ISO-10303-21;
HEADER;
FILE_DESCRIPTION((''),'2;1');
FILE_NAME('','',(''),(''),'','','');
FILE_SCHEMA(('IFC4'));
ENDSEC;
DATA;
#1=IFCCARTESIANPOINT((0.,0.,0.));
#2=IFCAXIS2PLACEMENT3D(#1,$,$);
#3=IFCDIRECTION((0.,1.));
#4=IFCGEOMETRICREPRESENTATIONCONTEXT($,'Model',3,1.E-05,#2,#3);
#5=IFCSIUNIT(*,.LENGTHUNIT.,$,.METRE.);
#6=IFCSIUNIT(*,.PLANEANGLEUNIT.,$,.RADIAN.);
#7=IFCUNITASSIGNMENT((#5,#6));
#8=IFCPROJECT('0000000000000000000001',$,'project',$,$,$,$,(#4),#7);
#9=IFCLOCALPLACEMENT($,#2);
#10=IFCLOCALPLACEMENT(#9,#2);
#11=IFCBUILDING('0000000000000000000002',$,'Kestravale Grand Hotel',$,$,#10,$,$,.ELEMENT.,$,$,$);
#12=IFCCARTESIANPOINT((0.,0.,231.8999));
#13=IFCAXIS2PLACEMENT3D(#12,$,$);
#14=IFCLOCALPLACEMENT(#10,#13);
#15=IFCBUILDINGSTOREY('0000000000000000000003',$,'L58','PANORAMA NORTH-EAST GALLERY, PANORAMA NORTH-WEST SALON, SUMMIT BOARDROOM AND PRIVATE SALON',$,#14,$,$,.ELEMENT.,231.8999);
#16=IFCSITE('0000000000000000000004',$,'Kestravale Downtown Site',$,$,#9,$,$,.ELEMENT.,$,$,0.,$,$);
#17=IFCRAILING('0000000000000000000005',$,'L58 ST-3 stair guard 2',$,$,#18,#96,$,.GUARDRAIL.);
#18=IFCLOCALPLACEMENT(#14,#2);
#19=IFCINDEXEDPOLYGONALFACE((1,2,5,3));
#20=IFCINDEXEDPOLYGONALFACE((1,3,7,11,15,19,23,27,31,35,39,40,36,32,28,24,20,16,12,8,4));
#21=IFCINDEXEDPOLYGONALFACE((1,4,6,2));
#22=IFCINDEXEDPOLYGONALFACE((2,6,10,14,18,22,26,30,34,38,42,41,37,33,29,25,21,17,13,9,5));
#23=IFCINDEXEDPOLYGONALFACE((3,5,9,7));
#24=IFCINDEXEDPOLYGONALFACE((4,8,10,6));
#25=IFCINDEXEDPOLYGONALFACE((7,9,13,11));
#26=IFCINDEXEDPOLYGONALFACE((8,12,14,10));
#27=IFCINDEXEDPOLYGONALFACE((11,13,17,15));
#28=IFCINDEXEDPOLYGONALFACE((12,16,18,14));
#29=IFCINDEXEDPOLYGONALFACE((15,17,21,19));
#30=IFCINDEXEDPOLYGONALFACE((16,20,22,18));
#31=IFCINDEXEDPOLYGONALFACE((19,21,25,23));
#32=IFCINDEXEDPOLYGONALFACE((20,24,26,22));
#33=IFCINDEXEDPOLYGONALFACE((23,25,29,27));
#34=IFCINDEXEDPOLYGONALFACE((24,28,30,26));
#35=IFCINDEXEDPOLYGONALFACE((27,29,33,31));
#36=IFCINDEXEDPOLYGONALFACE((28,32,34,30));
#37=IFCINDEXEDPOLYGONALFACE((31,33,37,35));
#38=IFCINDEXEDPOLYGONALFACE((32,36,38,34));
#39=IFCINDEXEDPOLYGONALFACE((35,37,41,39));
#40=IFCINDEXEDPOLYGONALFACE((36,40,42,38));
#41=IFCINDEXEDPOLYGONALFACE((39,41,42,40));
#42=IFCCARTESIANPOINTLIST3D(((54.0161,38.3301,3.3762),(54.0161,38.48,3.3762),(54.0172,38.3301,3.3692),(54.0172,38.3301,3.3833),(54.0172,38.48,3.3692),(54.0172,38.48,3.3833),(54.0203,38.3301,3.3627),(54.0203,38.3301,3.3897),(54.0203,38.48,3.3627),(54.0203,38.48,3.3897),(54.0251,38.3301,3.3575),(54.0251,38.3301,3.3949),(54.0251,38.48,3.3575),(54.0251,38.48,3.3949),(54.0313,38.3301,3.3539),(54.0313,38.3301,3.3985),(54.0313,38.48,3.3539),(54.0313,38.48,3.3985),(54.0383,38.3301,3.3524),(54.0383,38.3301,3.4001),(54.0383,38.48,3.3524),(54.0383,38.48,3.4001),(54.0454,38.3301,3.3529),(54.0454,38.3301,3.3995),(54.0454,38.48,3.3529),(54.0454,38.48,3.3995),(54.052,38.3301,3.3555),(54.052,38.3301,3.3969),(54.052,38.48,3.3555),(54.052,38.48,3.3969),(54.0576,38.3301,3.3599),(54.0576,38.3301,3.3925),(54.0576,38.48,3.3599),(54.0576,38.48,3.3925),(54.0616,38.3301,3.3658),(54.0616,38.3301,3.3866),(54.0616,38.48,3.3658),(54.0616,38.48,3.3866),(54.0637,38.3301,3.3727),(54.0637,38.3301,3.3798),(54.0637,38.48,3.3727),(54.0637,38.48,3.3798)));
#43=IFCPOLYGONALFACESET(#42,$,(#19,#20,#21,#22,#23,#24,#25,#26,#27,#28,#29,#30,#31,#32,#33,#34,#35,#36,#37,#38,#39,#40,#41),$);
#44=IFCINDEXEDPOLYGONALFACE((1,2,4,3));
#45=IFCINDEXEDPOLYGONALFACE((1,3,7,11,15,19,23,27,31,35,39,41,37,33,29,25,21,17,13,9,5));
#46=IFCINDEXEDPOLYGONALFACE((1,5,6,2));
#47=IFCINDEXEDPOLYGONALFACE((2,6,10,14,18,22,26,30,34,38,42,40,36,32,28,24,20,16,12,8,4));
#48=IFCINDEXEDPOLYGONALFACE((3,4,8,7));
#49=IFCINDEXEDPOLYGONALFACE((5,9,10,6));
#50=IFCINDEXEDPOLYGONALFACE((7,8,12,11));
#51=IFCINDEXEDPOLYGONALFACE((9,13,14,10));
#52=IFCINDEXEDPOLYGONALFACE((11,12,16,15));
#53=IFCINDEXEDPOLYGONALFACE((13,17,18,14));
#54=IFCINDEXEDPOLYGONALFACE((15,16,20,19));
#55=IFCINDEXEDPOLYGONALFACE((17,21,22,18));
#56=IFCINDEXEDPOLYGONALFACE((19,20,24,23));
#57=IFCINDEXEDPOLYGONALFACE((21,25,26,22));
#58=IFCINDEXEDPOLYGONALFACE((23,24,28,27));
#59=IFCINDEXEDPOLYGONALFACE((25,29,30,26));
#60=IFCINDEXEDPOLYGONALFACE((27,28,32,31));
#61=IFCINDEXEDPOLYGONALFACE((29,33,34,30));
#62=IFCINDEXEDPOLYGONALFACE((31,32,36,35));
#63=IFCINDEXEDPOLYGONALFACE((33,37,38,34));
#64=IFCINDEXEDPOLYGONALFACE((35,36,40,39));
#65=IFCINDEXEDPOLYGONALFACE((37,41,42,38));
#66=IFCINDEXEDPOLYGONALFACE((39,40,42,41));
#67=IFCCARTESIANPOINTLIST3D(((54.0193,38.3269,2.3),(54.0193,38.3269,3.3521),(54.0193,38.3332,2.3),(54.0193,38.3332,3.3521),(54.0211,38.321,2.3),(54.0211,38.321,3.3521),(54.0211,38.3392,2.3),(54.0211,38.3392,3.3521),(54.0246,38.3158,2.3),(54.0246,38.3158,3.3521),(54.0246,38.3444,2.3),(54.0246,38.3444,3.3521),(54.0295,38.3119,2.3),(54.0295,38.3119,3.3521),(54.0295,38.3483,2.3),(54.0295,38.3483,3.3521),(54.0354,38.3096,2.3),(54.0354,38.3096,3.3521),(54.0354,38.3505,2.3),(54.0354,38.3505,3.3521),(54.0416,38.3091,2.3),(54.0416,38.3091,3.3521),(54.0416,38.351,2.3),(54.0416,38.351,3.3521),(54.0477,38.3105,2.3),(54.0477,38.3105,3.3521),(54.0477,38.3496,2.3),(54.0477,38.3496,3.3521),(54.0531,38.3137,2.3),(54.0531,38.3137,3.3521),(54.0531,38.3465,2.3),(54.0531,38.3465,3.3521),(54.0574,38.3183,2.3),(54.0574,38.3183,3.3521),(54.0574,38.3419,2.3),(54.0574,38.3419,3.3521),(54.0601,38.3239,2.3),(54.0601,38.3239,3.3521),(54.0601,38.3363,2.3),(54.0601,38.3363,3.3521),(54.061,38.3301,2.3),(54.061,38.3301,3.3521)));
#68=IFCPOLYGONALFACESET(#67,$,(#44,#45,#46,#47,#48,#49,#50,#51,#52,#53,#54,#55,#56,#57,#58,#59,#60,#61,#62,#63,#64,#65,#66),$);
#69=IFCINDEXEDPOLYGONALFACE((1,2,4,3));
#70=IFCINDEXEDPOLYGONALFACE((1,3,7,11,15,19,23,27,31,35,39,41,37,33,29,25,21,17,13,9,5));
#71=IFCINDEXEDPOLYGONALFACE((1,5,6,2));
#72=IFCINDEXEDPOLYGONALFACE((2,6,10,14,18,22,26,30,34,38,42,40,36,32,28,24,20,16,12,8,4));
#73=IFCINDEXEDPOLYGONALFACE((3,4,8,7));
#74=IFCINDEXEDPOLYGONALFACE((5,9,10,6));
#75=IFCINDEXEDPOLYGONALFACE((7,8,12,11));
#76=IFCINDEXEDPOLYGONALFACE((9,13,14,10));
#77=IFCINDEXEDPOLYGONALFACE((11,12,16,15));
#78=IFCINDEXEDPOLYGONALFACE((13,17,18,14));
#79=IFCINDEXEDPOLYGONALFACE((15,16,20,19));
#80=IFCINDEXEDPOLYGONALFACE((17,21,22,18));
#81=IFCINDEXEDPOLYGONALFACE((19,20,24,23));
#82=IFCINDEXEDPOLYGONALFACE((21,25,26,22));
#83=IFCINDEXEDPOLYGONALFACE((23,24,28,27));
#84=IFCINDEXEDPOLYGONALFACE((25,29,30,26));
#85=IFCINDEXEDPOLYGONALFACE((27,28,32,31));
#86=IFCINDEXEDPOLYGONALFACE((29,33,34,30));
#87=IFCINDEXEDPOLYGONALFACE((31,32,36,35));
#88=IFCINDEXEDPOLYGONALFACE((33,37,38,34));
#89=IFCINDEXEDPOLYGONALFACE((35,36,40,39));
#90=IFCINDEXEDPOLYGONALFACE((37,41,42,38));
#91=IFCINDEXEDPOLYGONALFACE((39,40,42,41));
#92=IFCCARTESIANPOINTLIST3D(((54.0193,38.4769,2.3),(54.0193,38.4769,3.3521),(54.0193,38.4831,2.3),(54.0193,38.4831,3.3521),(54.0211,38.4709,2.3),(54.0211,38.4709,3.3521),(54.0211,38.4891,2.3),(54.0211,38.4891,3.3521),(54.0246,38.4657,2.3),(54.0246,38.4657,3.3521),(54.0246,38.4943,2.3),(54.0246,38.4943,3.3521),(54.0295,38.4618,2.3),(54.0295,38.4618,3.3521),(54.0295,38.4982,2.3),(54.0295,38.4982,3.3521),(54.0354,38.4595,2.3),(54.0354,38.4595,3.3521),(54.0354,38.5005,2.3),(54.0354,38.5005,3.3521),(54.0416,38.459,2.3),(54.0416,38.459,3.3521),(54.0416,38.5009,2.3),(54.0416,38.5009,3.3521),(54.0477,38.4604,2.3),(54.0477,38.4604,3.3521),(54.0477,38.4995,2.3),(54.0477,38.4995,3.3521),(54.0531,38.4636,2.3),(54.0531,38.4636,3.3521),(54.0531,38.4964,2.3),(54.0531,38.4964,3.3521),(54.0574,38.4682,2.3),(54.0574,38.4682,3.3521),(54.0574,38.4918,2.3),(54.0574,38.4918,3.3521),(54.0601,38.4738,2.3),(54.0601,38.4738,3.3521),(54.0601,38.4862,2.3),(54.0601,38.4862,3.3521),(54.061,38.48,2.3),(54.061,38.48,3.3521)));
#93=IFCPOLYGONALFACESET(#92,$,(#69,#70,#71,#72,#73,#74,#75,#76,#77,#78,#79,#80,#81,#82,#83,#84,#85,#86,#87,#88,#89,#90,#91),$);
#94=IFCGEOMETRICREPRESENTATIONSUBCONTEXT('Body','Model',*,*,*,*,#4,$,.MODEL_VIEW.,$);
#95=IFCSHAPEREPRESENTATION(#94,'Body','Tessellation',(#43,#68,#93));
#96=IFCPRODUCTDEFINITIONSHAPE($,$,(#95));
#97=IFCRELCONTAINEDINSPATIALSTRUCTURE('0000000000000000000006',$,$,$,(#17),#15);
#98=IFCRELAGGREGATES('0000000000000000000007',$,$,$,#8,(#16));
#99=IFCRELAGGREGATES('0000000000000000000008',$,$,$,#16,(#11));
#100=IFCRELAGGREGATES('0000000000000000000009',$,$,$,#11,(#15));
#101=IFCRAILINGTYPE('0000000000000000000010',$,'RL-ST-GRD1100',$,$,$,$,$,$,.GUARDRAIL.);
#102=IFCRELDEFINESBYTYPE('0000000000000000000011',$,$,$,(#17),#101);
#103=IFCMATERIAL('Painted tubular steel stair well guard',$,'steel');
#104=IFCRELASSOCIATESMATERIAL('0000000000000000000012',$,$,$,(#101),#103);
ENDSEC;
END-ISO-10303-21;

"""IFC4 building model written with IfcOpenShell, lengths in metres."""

from ifc_helpers import new_model, si_unit, direction, frame, origin, origin_2d, place, context, subcontext, project, spatial, circle, extrude, material, type_object, element, save


model = new_model("IFC4")

# Units and contexts
model_context = context("Model", 3, precision=1e-05, world=origin(), true_north=direction((0.0, 1.0)))
body_context = subcontext(model_context, "Body", "Model", "MODEL_VIEW")
ifc_project = project(units=[si_unit("LENGTHUNIT", "METRE"), si_unit("PLANEANGLEUNIT", "RADIAN")], contexts=[model_context])

# Site, building, storey
site_placement = place(None, origin())
site = spatial("IfcSite", under=ifc_project, at=site_placement, Name="Kestravale Downtown Site", CompositionType="ELEMENT", RefElevation=0.0)
building_placement = place(site_placement, origin())
building = spatial("IfcBuilding", under=site, at=building_placement, Name="Kestravale Grand Hotel", CompositionType="ELEMENT")
storey_placement = place(building_placement, frame((0.0, 0.0, 231.8999)))
storey = spatial("IfcBuildingStorey", under=building, at=storey_placement, Name="L58", Description="PANORAMA NORTH-EAST GALLERY, PANORAMA NORTH-WEST SALON, SUMMIT BOARDROOM AND PRIVATE SALON", CompositionType="ELEMENT", Elevation=231.8999)

# Railing
ifc_material_1 = material(Name="Painted tubular steel stair well guard", Category="steel")
railing_type_1 = type_object("IfcRailingType", Name="RL-ST-GRD1100", PredefinedType="GUARDRAIL", material=ifc_material_1)
railing_1_placement = place(storey_placement, frame((54.04, 38.3301, 2.3)))
element("IfcRailing", 1, at=railing_1_placement, inside=storey, type_object=railing_type_1, Name="L58 ST-3 stair guard 2", PredefinedType="GUARDRAIL", context=body_context, shape_type="SweptSolid", body=[
    extrude(circle(Radius=0.0239, at=origin_2d()), frame((0.0, 0.0, 1.0762), z_axis=(0.0, 1.0, 0.0), x_axis=(-1.0, 0.0, 0.0)), (0.0, 0.0, 1.0), 0.1499),
    extrude(circle(Radius=0.021, at=origin_2d()), origin(), (0.0, 0.0, 1.0), 1.052),
    extrude(circle(Radius=0.021, at=origin_2d()), frame((0.0, 0.1499, 0.0)), (0.0, 0.0, 1.0), 1.052),
])

save(model, "model.ifc")
